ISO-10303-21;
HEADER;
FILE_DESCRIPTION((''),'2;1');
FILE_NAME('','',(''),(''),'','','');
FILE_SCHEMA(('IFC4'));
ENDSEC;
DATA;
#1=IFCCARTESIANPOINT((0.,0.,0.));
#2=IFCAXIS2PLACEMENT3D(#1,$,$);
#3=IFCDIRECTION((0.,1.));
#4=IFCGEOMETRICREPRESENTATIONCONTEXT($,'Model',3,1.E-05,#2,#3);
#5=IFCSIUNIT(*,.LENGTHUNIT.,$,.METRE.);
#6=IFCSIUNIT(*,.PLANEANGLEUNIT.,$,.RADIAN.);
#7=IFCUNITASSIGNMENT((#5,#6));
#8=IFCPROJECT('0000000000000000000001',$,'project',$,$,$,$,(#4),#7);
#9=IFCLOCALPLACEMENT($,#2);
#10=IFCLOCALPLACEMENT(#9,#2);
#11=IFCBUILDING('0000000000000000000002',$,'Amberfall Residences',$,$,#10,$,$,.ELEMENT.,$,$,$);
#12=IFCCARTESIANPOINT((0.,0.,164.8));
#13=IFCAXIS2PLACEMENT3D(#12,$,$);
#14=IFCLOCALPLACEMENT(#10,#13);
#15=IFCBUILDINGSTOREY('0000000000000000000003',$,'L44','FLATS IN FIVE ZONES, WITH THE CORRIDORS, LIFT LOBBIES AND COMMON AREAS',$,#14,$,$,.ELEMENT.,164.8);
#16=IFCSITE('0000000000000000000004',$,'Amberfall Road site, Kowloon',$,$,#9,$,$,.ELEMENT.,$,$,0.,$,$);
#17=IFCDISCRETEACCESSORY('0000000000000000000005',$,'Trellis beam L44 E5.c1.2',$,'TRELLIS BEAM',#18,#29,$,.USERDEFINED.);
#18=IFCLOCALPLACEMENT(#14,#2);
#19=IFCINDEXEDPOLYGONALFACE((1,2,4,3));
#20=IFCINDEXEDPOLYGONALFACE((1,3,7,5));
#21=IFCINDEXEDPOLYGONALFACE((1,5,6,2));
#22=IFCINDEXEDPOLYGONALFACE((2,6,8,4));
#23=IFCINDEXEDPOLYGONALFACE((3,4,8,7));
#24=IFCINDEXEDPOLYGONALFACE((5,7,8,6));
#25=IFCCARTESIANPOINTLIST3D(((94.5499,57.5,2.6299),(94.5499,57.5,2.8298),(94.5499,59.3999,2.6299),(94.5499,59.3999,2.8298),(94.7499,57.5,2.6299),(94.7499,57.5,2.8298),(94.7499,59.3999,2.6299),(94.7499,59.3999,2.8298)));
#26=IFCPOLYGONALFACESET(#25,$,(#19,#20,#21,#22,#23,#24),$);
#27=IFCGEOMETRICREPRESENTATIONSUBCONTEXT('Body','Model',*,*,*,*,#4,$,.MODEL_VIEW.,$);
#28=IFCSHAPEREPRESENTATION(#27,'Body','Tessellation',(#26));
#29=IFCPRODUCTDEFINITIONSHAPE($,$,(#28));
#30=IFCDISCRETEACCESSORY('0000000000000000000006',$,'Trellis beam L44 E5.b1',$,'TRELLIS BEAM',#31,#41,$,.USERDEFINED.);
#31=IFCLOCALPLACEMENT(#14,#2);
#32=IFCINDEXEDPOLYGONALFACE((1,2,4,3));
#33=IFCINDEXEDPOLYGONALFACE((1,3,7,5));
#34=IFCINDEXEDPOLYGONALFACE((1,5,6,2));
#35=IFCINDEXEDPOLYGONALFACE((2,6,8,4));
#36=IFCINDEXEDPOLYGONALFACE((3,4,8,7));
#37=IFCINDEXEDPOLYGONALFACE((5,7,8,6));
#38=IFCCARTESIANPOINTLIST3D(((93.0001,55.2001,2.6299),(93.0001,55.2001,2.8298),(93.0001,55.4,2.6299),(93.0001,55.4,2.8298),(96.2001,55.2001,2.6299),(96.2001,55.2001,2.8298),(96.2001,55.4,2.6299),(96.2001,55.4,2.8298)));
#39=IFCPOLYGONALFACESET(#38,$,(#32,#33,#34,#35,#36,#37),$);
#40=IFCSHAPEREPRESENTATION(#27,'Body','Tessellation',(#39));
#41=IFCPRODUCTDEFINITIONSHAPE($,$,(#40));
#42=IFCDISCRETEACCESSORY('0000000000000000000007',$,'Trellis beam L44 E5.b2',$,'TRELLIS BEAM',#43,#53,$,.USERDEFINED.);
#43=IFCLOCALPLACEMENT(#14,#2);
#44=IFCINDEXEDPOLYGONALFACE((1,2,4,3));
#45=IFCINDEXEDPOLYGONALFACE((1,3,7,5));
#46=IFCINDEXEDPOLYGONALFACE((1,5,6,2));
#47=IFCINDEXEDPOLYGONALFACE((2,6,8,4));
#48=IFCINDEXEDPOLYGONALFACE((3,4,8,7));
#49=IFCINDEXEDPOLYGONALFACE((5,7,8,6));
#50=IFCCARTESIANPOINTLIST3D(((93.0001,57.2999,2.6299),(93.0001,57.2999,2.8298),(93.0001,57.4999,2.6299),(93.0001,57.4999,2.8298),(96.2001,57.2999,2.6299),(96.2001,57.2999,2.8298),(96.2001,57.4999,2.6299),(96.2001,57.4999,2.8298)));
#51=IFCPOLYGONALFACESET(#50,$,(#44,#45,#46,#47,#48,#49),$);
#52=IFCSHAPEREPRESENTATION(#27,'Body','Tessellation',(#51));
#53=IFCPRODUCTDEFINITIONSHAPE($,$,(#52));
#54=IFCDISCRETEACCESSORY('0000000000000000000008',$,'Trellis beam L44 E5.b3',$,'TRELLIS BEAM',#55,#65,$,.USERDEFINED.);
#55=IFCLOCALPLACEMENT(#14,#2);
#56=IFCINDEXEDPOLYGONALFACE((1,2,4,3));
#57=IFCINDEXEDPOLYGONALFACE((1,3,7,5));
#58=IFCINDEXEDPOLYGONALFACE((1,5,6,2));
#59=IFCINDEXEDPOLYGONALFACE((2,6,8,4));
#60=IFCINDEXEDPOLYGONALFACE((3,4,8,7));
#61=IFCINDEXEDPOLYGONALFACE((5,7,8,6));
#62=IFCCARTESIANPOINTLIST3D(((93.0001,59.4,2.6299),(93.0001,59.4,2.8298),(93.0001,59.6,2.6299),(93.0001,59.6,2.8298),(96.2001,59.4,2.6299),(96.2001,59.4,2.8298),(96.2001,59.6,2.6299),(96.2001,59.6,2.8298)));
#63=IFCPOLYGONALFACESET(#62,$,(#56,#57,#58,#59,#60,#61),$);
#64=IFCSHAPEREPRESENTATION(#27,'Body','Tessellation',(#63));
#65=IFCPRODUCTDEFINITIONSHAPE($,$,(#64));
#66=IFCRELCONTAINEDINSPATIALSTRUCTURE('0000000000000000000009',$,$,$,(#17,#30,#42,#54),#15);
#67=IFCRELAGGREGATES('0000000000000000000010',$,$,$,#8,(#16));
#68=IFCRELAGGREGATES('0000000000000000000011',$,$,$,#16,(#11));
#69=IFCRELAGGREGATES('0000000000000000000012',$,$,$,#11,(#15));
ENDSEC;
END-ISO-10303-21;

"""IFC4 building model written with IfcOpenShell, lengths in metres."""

from ifc_helpers import new_model, si_unit, direction, frame, origin, origin_2d, place, context, subcontext, project, spatial, rectangle, extrude, element, save


model = new_model("IFC4")

# Units and contexts
model_context = context("Model", 3, precision=1e-05, world=origin(), true_north=direction((0.0, 1.0)))
body_context = subcontext(model_context, "Body", "Model", "MODEL_VIEW")
ifc_project = project(units=[si_unit("LENGTHUNIT", "METRE"), si_unit("PLANEANGLEUNIT", "RADIAN")], contexts=[model_context])

# Site, building, storey
site_placement = place(None, origin())
site = spatial("IfcSite", under=ifc_project, at=site_placement, Name="Amberfall Road site, Kowloon", CompositionType="ELEMENT", RefElevation=0.0)
building_placement = place(site_placement, origin())
building = spatial("IfcBuilding", under=site, at=building_placement, Name="Amberfall Residences", CompositionType="ELEMENT")
storey_placement = place(building_placement, frame((0.0, 0.0, 164.8)))
storey = spatial("IfcBuildingStorey", under=building, at=storey_placement, Name="L44", Description="FLATS IN FIVE ZONES, WITH THE CORRIDORS, LIFT LOBBIES AND COMMON AREAS", CompositionType="ELEMENT", Elevation=164.8)

# Discrete accessories
for number, where, z_axis, x_axis, name in (
    (1, (94.6499, 58.45, 2.6299), (0.0, 0.0, 1.0), (0.0, 1.0, 0.0), "Trellis beam L44 E5.c1.2"),
):
    element("IfcDiscreteAccessory", number, at=place(storey_placement, frame(where, z_axis=z_axis, x_axis=x_axis)), inside=storey, Name=name, ObjectType="TRELLIS BEAM", PredefinedType="USERDEFINED", context=body_context, shape_type="SweptSolid", body=[
        extrude(rectangle(XDim=1.8999, YDim=0.2, at=origin_2d()), origin(), (0.0, 0.0, 1.0), 0.2),
    ])
for number, where, z_axis, x_axis, name in (
    (2, (94.6001, 55.3, 2.6299), (0.0, 0.0, 1.0), (-1.0, 0.0, 0.0), "Trellis beam L44 E5.b1"),
    (3, (94.6001, 57.3999, 2.6299), (0.0, 0.0, 1.0), (-1.0, 0.0, 0.0), "Trellis beam L44 E5.b2"),
    (4, (94.6001, 59.5, 2.6299), (0.0, 0.0, 1.0), (-1.0, 0.0, 0.0), "Trellis beam L44 E5.b3"),
):
    element("IfcDiscreteAccessory", number, at=place(storey_placement, frame(where, z_axis=z_axis, x_axis=x_axis)), inside=storey, Name=name, ObjectType="TRELLIS BEAM", PredefinedType="USERDEFINED", context=body_context, shape_type="SweptSolid", body=[
        extrude(rectangle(XDim=3.2, YDim=0.2, at=origin_2d()), origin(), (0.0, 0.0, 1.0), 0.2),
    ])

save(model, "model.ifc")
